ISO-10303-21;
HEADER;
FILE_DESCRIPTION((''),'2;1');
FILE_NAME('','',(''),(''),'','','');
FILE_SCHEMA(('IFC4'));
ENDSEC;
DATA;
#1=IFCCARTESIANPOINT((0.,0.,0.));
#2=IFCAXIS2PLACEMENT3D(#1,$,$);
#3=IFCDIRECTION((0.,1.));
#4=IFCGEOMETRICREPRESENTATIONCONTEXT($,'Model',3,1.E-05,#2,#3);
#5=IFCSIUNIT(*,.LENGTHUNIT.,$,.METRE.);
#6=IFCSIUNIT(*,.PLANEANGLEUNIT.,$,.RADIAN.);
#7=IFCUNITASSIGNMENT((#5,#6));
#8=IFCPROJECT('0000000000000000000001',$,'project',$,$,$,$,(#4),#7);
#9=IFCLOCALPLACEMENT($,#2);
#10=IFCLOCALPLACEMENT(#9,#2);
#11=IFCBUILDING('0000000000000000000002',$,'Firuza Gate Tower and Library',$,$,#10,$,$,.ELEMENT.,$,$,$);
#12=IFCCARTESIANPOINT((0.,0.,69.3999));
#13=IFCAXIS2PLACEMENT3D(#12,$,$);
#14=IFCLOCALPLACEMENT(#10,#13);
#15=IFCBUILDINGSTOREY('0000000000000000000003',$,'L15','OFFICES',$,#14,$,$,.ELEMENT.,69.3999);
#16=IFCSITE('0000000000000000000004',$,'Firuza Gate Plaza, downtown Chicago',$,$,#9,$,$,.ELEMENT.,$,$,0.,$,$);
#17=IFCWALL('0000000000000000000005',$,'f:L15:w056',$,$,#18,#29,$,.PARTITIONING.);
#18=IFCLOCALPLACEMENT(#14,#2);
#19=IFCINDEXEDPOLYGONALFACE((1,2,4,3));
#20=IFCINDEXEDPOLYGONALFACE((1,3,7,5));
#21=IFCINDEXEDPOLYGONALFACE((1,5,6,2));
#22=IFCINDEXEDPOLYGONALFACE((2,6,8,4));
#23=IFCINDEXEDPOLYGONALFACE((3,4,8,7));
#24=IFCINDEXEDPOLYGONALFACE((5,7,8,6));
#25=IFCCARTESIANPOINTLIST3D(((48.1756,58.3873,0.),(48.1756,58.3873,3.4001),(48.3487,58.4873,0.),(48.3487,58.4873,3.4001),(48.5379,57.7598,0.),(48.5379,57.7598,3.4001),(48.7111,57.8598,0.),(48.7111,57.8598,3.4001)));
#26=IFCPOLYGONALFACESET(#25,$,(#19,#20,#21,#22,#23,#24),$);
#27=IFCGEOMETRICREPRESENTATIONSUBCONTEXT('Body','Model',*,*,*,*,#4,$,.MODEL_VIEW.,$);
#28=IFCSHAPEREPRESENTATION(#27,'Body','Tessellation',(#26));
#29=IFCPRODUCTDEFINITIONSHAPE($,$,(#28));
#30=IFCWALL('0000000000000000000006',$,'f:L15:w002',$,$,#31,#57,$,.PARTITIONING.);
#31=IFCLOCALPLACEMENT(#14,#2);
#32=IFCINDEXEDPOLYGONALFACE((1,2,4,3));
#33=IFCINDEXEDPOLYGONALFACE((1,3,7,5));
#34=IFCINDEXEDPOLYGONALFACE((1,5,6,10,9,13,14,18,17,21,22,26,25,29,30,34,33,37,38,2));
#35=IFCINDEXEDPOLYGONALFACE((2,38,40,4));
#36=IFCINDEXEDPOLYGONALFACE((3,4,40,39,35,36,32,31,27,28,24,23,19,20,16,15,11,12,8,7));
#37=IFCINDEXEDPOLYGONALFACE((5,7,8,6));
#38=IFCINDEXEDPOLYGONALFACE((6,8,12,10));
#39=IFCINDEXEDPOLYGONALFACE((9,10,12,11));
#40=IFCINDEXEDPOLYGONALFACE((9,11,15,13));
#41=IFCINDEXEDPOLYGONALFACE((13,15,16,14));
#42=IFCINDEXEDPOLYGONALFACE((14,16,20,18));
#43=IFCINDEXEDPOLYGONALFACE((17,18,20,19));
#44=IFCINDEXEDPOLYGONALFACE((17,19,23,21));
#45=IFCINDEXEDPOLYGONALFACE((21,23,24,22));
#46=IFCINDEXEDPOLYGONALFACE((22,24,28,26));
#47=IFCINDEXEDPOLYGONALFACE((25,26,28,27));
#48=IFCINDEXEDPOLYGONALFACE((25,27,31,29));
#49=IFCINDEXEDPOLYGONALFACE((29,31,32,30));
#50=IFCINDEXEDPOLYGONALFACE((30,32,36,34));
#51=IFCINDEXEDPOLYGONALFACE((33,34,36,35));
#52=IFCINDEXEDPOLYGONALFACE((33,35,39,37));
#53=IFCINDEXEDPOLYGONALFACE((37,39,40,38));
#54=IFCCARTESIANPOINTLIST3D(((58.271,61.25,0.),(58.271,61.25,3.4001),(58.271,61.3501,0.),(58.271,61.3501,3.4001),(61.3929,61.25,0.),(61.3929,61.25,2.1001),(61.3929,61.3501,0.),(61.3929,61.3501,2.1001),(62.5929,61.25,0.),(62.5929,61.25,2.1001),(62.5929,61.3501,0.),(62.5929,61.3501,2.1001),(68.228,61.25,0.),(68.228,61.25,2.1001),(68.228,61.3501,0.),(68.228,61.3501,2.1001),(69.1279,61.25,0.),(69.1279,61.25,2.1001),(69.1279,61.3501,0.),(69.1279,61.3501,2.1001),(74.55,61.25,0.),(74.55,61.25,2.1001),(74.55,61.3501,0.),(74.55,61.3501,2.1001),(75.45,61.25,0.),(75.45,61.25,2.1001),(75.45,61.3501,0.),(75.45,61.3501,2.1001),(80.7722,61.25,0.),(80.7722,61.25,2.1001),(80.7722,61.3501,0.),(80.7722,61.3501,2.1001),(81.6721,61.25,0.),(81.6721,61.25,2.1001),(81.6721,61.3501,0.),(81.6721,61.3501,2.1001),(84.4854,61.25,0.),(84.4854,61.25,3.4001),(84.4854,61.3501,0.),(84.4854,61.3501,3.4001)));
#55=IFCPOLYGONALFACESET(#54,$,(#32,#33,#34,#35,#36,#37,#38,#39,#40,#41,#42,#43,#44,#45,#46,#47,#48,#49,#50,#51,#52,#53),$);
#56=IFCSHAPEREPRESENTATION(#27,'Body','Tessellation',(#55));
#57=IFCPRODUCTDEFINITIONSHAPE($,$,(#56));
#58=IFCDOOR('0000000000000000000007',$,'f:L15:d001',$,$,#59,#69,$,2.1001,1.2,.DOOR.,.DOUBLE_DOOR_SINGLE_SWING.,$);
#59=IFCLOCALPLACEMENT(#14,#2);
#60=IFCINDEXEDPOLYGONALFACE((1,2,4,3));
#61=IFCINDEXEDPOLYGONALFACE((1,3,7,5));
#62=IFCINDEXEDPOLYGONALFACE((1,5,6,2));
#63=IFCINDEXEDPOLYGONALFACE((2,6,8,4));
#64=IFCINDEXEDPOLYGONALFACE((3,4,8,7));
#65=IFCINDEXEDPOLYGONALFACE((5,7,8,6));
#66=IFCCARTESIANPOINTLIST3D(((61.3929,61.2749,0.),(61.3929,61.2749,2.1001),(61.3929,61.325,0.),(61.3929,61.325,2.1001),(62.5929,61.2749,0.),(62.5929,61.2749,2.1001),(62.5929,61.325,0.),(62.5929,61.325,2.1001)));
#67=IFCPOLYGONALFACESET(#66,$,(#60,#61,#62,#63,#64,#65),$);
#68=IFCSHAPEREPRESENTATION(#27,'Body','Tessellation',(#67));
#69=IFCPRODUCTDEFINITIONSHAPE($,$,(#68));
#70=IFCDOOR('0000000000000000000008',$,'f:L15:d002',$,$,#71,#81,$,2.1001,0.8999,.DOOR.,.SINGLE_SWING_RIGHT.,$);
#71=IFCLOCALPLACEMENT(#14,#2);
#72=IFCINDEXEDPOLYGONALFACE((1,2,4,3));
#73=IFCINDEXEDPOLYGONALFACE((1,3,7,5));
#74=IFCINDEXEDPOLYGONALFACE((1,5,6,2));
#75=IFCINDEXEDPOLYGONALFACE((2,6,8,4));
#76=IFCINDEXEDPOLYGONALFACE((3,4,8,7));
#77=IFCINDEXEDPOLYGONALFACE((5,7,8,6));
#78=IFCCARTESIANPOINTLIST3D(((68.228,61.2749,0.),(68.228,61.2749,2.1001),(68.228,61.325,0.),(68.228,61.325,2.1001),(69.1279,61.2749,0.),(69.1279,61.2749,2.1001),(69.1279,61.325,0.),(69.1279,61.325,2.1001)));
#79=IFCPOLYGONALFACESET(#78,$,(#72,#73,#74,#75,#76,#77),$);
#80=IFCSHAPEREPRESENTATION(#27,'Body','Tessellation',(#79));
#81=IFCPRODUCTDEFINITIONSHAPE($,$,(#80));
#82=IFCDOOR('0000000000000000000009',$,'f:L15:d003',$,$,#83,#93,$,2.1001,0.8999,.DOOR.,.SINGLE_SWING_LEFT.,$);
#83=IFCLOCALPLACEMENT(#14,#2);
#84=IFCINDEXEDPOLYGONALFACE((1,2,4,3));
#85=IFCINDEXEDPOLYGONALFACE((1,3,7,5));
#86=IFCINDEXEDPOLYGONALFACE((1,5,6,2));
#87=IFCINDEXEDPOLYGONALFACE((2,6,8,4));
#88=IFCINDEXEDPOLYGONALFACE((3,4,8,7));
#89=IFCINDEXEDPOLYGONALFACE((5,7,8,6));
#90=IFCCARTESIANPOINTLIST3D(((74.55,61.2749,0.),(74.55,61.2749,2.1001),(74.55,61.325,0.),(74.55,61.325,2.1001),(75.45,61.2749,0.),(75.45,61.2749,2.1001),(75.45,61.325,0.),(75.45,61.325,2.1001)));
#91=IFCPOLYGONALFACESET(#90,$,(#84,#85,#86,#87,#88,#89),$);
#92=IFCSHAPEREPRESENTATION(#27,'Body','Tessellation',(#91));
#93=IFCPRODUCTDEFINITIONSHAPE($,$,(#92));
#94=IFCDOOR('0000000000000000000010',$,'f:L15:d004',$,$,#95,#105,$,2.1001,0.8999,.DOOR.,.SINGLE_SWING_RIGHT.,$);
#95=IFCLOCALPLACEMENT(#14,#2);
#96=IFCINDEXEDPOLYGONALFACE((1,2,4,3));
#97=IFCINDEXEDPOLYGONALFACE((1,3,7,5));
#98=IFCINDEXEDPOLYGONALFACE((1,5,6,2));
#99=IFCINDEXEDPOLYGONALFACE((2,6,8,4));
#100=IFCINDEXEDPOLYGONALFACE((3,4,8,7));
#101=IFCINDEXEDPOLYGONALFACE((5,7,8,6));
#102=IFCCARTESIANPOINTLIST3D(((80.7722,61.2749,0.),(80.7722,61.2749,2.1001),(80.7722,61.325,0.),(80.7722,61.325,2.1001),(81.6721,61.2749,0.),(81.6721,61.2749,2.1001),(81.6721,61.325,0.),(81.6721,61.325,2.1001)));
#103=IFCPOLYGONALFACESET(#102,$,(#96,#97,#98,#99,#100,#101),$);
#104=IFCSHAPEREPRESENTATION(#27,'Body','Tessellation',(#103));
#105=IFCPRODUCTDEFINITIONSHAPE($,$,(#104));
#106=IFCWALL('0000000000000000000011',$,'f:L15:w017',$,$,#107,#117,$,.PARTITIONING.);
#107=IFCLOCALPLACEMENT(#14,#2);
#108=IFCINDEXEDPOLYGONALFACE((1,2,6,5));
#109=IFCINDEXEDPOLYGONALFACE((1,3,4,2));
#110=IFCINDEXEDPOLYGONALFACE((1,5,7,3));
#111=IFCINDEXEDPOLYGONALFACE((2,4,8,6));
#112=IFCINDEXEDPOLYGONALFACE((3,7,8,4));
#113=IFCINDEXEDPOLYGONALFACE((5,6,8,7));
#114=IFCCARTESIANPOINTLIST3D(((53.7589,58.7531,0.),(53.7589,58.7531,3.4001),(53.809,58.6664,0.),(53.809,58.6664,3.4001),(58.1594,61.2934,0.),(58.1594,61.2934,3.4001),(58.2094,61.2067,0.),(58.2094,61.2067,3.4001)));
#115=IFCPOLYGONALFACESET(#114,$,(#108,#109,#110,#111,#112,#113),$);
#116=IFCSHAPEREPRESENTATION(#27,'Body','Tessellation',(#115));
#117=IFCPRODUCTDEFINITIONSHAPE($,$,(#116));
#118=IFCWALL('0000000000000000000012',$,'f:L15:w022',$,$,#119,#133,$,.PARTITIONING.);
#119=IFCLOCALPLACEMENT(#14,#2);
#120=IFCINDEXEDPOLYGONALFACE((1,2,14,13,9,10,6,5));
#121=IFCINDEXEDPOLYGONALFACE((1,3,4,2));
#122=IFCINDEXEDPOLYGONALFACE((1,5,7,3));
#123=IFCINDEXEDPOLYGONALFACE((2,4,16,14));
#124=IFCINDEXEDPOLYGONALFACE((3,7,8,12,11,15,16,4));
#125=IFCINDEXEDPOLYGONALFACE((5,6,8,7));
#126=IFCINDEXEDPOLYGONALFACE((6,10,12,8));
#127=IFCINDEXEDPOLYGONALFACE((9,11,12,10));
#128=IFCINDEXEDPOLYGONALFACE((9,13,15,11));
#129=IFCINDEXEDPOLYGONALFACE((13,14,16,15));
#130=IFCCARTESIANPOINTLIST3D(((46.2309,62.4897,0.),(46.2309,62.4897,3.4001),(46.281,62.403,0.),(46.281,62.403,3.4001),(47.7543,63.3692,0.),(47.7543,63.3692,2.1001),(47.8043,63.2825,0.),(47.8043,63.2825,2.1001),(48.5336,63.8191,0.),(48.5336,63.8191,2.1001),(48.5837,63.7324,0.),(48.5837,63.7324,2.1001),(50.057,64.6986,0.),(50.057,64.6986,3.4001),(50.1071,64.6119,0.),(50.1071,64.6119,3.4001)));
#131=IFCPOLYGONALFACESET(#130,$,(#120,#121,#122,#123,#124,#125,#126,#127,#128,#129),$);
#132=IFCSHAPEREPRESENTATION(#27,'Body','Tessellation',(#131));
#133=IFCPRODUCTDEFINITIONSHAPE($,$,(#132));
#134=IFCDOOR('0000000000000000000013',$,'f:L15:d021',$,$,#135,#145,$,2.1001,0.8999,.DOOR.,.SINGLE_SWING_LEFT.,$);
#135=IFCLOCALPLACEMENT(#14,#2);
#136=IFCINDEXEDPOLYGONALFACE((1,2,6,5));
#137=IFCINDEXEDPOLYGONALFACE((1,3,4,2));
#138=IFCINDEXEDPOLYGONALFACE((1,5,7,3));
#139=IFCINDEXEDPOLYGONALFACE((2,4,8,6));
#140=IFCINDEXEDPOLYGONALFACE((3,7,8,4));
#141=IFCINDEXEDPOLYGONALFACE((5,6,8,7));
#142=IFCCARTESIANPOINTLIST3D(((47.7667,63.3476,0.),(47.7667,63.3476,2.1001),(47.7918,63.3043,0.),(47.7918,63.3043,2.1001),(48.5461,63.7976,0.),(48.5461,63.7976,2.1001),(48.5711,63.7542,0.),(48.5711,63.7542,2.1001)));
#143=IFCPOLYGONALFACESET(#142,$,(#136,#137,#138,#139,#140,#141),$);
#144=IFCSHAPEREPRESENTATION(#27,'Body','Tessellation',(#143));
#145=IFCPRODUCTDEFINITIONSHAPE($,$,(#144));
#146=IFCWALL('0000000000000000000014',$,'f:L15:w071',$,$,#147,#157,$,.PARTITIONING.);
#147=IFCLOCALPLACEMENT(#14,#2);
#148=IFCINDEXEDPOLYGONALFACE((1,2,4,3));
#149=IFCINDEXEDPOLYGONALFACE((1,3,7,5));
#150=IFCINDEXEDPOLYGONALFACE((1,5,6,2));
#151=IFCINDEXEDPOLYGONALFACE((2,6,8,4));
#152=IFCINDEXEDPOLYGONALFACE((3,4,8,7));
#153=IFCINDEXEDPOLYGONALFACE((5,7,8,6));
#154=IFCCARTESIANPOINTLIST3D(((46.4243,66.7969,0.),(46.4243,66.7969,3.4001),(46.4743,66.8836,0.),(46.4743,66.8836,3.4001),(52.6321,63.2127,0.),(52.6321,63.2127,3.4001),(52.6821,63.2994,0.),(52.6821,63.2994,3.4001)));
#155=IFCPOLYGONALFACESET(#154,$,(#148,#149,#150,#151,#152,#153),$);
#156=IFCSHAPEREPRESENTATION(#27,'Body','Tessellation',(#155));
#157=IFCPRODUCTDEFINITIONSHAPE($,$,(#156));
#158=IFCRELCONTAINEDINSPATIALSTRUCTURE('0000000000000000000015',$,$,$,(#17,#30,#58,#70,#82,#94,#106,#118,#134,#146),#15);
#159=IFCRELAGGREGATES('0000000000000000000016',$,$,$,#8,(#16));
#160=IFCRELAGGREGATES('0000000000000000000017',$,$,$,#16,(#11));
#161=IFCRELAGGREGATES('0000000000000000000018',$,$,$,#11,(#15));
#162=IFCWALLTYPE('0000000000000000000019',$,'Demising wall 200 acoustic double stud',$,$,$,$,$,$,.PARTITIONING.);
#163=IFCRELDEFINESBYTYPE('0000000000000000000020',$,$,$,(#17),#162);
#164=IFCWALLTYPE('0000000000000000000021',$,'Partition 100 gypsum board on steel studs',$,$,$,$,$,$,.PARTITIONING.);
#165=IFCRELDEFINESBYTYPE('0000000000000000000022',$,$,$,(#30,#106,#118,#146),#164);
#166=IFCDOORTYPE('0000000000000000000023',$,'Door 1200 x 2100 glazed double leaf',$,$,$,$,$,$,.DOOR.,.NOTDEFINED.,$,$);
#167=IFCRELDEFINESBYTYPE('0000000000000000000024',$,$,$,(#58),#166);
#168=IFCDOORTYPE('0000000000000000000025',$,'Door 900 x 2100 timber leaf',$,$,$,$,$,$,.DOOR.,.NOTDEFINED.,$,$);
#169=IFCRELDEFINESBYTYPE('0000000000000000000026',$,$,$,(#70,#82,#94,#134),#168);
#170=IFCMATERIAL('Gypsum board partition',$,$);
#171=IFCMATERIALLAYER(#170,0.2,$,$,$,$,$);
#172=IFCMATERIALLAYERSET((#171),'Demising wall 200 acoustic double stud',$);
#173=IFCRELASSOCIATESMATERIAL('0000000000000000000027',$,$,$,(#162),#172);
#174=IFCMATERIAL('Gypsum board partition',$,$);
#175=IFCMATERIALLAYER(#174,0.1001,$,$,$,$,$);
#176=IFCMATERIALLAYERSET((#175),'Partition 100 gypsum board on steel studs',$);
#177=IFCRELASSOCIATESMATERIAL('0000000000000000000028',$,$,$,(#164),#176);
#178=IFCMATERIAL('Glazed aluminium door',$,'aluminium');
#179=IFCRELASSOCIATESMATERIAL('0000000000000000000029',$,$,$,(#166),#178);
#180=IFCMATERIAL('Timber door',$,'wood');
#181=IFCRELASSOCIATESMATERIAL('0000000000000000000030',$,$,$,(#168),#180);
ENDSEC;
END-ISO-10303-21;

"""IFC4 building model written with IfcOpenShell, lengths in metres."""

from ifc_helpers import new_model, si_unit, direction, frame, frame_2d, origin, place, context, subcontext, project, spatial, rectangle, extrude, material, layer, layer_set, type_object, element, fill, save


model = new_model("IFC4")

# Units and contexts
model_context = context("Model", 3, precision=1e-05, world=origin(), true_north=direction((0.0, 1.0)))
body_context = subcontext(model_context, "Body", "Model", "MODEL_VIEW")
ifc_project = project(units=[si_unit("LENGTHUNIT", "METRE"), si_unit("PLANEANGLEUNIT", "RADIAN")], contexts=[model_context])

# Site, building, storey
site_placement = place(None, origin())
site = spatial("IfcSite", under=ifc_project, at=site_placement, Name="Firuza Gate Plaza, downtown Chicago", CompositionType="ELEMENT", RefElevation=0.0)
building_placement = place(site_placement, origin())
building = spatial("IfcBuilding", under=site, at=building_placement, Name="Firuza Gate Tower and Library", CompositionType="ELEMENT")
storey_placement = place(building_placement, frame((0.0, 0.0, 69.3999)))
storey = spatial("IfcBuildingStorey", under=building, at=storey_placement, Name="L15", Description="OFFICES", CompositionType="ELEMENT", Elevation=69.3999)

# Wall
ifc_material_1 = material(Name="Gypsum board partition")
ifc_layer_1 = layer(ifc_material_1, 0.2)
ifc_layer_set_1 = layer_set([ifc_layer_1], Name="Demising wall 200 acoustic double stud")
wall_type_1 = type_object("IfcWallType", Name="Demising wall 200 acoustic double stud", PredefinedType="PARTITIONING", material=ifc_layer_set_1)
wall_1_placement = place(storey_placement, frame((48.6245, 57.8098, 0.0), z_axis=(0.0, 0.0, 1.0), x_axis=(-0.500053, 0.865995, 0.0)))
element("IfcWall", 1, at=wall_1_placement, inside=storey, type_object=wall_type_1, Name="f:L15:w056", PredefinedType="PARTITIONING", context=body_context, shape_type="SweptSolid", body=[
    extrude(rectangle(XDim=0.7246, YDim=0.2, at=frame_2d((0.3623, 0.0))), origin(), (0.0, 0.0, 1.0), 3.4001),
])

# Wall, openings, doors
ifc_material_2 = material(Name="Gypsum board partition")
ifc_layer_2 = layer(ifc_material_2, 0.1001)
ifc_layer_set_2 = layer_set([ifc_layer_2], Name="Partition 100 gypsum board on steel studs")
wall_type_2 = type_object("IfcWallType", Name="Partition 100 gypsum board on steel studs", PredefinedType="PARTITIONING", material=ifc_layer_set_2)
wall_2_placement = place(storey_placement, frame((58.271, 61.3, 0.0), z_axis=(0.0, 0.0, 1.0), x_axis=(1.0, 0.0, 0.0)))
wall_2 = element("IfcWall", 2, at=wall_2_placement, inside=storey, type_object=wall_type_2, Name="f:L15:w002", PredefinedType="PARTITIONING", context=body_context, shape_type="SweptSolid", body=[
    extrude(rectangle(XDim=26.2144, YDim=0.1001, at=frame_2d((13.1072, 0.0))), origin(), (0.0, 0.0, 1.0), 3.4001),
])
opening_1_placement = place(wall_2_placement, frame((3.1218, 0.0, 0.0)))
opening_1 = element("IfcOpeningElement", 3, at=opening_1_placement, cuts=wall_2, PredefinedType="OPENING", context=body_context, shape_type="SweptSolid", body=[
    extrude(rectangle(XDim=1.2, YDim=2.1001, at=frame_2d((0.6001, 1.05))), frame((0.0, 0.0601, 0.0), z_axis=(0.0, -1.0, 0.0), x_axis=(1.0, 0.0, 0.0)), (0.0, 0.0, 1.0), 0.1201),
])
opening_2_placement = place(wall_2_placement, frame((9.957, 0.0, 0.0)))
opening_2 = element("IfcOpeningElement", 4, at=opening_2_placement, cuts=wall_2, PredefinedType="OPENING", context=body_context, shape_type="SweptSolid", body=[
    extrude(rectangle(XDim=0.8999, YDim=2.1001, at=frame_2d((0.45, 1.05))), frame((0.0, 0.0601, 0.0), z_axis=(0.0, -1.0, 0.0), x_axis=(1.0, 0.0, 0.0)), (0.0, 0.0, 1.0), 0.1201),
])
opening_3_placement = place(wall_2_placement, frame((16.2791, 0.0, 0.0)))
opening_3 = element("IfcOpeningElement", 5, at=opening_3_placement, cuts=wall_2, PredefinedType="OPENING", context=body_context, shape_type="SweptSolid", body=[
    extrude(rectangle(XDim=0.8999, YDim=2.1001, at=frame_2d((0.45, 1.05))), frame((0.0, 0.0601, 0.0), z_axis=(0.0, -1.0, 0.0), x_axis=(1.0, 0.0, 0.0)), (0.0, 0.0, 1.0), 0.1201),
])
opening_4_placement = place(wall_2_placement, frame((22.5012, 0.0, 0.0)))
opening_4 = element("IfcOpeningElement", 6, at=opening_4_placement, cuts=wall_2, PredefinedType="OPENING", context=body_context, shape_type="SweptSolid", body=[
    extrude(rectangle(XDim=0.8999, YDim=2.1001, at=frame_2d((0.45, 1.05))), frame((0.0, 0.0601, 0.0), z_axis=(0.0, -1.0, 0.0), x_axis=(1.0, 0.0, 0.0)), (0.0, 0.0, 1.0), 0.1201),
])
ifc_material_3 = material(Name="Glazed aluminium door", Category="aluminium")
door_type_1 = type_object("IfcDoorType", Name="Door 1200 x 2100 glazed double leaf", OperationType="NOTDEFINED", PredefinedType="DOOR", material=ifc_material_3)
door_1_placement = place(opening_1_placement, origin())
door_1 = element("IfcDoor", 7, at=door_1_placement, inside=storey, type_object=door_type_1, Name="f:L15:d001", OperationType="DOUBLE_DOOR_SINGLE_SWING", OverallHeight=2.1001, OverallWidth=1.2, PredefinedType="DOOR", context=body_context, shape_type="SweptSolid", body=[
    extrude(rectangle(XDim=1.2, YDim=2.1001, at=frame_2d((0.6001, 1.05))), frame((0.0, 0.0249, 0.0), z_axis=(0.0, -1.0, 0.0), x_axis=(1.0, 0.0, 0.0)), (0.0, 0.0, 1.0), 0.05),
])
fill(opening_1, door_1)
ifc_material_4 = material(Name="Timber door", Category="wood")
door_type_2 = type_object("IfcDoorType", Name="Door 900 x 2100 timber leaf", OperationType="NOTDEFINED", PredefinedType="DOOR", material=ifc_material_4)
door_2_placement = place(opening_2_placement, origin())
door_2 = element("IfcDoor", 8, at=door_2_placement, inside=storey, type_object=door_type_2, Name="f:L15:d002", OperationType="SINGLE_SWING_RIGHT", OverallHeight=2.1001, OverallWidth=0.8999, PredefinedType="DOOR", context=body_context, shape_type="SweptSolid", body=[
    extrude(rectangle(XDim=0.8999, YDim=2.1001, at=frame_2d((0.45, 1.05))), frame((0.0, 0.0249, 0.0), z_axis=(0.0, -1.0, 0.0), x_axis=(1.0, 0.0, 0.0)), (0.0, 0.0, 1.0), 0.05),
])
fill(opening_2, door_2)
door_3_placement = place(opening_3_placement, origin())
door_3 = element("IfcDoor", 9, at=door_3_placement, inside=storey, type_object=door_type_2, Name="f:L15:d003", OperationType="SINGLE_SWING_LEFT", OverallHeight=2.1001, OverallWidth=0.8999, PredefinedType="DOOR", context=body_context, shape_type="SweptSolid", body=[
    extrude(rectangle(XDim=0.8999, YDim=2.1001, at=frame_2d((0.45, 1.05))), frame((0.0, 0.0249, 0.0), z_axis=(0.0, -1.0, 0.0), x_axis=(1.0, 0.0, 0.0)), (0.0, 0.0, 1.0), 0.05),
])
fill(opening_3, door_3)
door_4_placement = place(opening_4_placement, origin())
door_4 = element("IfcDoor", 10, at=door_4_placement, inside=storey, type_object=door_type_2, Name="f:L15:d004", OperationType="SINGLE_SWING_RIGHT", OverallHeight=2.1001, OverallWidth=0.8999, PredefinedType="DOOR", context=body_context, shape_type="SweptSolid", body=[
    extrude(rectangle(XDim=0.8999, YDim=2.1001, at=frame_2d((0.45, 1.05))), frame((0.0, 0.0249, 0.0), z_axis=(0.0, -1.0, 0.0), x_axis=(1.0, 0.0, 0.0)), (0.0, 0.0, 1.0), 0.05),
])
fill(opening_4, door_4)

# Wall
wall_3_placement = place(storey_placement, frame((53.7839, 58.7097, 0.0), z_axis=(0.0, 0.0, 1.0), x_axis=(0.86605, 0.499958, 0.0)))
element("IfcWall", 11, at=wall_3_placement, inside=storey, type_object=wall_type_2, Name="f:L15:w017", PredefinedType="PARTITIONING", context=body_context, shape_type="SweptSolid", body=[
    extrude(rectangle(XDim=5.0811, YDim=0.1001, at=frame_2d((2.5405, 0.0))), origin(), (0.0, 0.0, 1.0), 3.4001),
])

# Wall, opening, door
wall_4_placement = place(storey_placement, frame((50.082, 64.6553, 0.0), z_axis=(0.0, 0.0, 1.0), x_axis=(-0.866031, -0.49999, 0.0)))
wall_4 = element("IfcWall", 12, at=wall_4_placement, inside=storey, type_object=wall_type_2, Name="f:L15:w022", PredefinedType="PARTITIONING", context=body_context, shape_type="SweptSolid", body=[
    extrude(rectangle(XDim=4.418, YDim=0.1001, at=frame_2d((2.209, 0.0))), origin(), (0.0, 0.0, 1.0), 3.4001),
])
opening_5_placement = place(wall_4_placement, frame((1.759, 0.0, 0.0)))
opening_5 = element("IfcOpeningElement", 13, at=opening_5_placement, cuts=wall_4, PredefinedType="OPENING", context=body_context, shape_type="SweptSolid", body=[
    extrude(rectangle(XDim=0.8999, YDim=2.1001, at=frame_2d((0.45, 1.05))), frame((0.0, 0.0601, 0.0), z_axis=(0.0, -1.0, 0.0), x_axis=(1.0, 0.0, 0.0)), (0.0, 0.0, 1.0), 0.1201),
])
door_5_placement = place(opening_5_placement, origin())
door_5 = element("IfcDoor", 14, at=door_5_placement, inside=storey, type_object=door_type_2, Name="f:L15:d021", OperationType="SINGLE_SWING_LEFT", OverallHeight=2.1001, OverallWidth=0.8999, PredefinedType="DOOR", context=body_context, shape_type="SweptSolid", body=[
    extrude(rectangle(XDim=0.8999, YDim=2.1001, at=frame_2d((0.45, 1.05))), frame((0.0, 0.0249, 0.0), z_axis=(0.0, -1.0, 0.0), x_axis=(1.0, 0.0, 0.0)), (0.0, 0.0, 1.0), 0.05),
])
fill(opening_5, door_5)

# Wall
wall_5_placement = place(storey_placement, frame((52.657, 63.2561, 0.0), z_axis=(0.0, 0.0, 1.0), x_axis=(-0.866015, 0.500018, 0.0)))
element("IfcWall", 15, at=wall_5_placement, inside=storey, type_object=wall_type_2, Name="f:L15:w071", PredefinedType="PARTITIONING", context=body_context, shape_type="SweptSolid", body=[
    extrude(rectangle(XDim=7.1682, YDim=0.1001, at=frame_2d((3.584, 0.0))), origin(), (0.0, 0.0, 1.0), 3.4001),
])

save(model, "model.ifc")
